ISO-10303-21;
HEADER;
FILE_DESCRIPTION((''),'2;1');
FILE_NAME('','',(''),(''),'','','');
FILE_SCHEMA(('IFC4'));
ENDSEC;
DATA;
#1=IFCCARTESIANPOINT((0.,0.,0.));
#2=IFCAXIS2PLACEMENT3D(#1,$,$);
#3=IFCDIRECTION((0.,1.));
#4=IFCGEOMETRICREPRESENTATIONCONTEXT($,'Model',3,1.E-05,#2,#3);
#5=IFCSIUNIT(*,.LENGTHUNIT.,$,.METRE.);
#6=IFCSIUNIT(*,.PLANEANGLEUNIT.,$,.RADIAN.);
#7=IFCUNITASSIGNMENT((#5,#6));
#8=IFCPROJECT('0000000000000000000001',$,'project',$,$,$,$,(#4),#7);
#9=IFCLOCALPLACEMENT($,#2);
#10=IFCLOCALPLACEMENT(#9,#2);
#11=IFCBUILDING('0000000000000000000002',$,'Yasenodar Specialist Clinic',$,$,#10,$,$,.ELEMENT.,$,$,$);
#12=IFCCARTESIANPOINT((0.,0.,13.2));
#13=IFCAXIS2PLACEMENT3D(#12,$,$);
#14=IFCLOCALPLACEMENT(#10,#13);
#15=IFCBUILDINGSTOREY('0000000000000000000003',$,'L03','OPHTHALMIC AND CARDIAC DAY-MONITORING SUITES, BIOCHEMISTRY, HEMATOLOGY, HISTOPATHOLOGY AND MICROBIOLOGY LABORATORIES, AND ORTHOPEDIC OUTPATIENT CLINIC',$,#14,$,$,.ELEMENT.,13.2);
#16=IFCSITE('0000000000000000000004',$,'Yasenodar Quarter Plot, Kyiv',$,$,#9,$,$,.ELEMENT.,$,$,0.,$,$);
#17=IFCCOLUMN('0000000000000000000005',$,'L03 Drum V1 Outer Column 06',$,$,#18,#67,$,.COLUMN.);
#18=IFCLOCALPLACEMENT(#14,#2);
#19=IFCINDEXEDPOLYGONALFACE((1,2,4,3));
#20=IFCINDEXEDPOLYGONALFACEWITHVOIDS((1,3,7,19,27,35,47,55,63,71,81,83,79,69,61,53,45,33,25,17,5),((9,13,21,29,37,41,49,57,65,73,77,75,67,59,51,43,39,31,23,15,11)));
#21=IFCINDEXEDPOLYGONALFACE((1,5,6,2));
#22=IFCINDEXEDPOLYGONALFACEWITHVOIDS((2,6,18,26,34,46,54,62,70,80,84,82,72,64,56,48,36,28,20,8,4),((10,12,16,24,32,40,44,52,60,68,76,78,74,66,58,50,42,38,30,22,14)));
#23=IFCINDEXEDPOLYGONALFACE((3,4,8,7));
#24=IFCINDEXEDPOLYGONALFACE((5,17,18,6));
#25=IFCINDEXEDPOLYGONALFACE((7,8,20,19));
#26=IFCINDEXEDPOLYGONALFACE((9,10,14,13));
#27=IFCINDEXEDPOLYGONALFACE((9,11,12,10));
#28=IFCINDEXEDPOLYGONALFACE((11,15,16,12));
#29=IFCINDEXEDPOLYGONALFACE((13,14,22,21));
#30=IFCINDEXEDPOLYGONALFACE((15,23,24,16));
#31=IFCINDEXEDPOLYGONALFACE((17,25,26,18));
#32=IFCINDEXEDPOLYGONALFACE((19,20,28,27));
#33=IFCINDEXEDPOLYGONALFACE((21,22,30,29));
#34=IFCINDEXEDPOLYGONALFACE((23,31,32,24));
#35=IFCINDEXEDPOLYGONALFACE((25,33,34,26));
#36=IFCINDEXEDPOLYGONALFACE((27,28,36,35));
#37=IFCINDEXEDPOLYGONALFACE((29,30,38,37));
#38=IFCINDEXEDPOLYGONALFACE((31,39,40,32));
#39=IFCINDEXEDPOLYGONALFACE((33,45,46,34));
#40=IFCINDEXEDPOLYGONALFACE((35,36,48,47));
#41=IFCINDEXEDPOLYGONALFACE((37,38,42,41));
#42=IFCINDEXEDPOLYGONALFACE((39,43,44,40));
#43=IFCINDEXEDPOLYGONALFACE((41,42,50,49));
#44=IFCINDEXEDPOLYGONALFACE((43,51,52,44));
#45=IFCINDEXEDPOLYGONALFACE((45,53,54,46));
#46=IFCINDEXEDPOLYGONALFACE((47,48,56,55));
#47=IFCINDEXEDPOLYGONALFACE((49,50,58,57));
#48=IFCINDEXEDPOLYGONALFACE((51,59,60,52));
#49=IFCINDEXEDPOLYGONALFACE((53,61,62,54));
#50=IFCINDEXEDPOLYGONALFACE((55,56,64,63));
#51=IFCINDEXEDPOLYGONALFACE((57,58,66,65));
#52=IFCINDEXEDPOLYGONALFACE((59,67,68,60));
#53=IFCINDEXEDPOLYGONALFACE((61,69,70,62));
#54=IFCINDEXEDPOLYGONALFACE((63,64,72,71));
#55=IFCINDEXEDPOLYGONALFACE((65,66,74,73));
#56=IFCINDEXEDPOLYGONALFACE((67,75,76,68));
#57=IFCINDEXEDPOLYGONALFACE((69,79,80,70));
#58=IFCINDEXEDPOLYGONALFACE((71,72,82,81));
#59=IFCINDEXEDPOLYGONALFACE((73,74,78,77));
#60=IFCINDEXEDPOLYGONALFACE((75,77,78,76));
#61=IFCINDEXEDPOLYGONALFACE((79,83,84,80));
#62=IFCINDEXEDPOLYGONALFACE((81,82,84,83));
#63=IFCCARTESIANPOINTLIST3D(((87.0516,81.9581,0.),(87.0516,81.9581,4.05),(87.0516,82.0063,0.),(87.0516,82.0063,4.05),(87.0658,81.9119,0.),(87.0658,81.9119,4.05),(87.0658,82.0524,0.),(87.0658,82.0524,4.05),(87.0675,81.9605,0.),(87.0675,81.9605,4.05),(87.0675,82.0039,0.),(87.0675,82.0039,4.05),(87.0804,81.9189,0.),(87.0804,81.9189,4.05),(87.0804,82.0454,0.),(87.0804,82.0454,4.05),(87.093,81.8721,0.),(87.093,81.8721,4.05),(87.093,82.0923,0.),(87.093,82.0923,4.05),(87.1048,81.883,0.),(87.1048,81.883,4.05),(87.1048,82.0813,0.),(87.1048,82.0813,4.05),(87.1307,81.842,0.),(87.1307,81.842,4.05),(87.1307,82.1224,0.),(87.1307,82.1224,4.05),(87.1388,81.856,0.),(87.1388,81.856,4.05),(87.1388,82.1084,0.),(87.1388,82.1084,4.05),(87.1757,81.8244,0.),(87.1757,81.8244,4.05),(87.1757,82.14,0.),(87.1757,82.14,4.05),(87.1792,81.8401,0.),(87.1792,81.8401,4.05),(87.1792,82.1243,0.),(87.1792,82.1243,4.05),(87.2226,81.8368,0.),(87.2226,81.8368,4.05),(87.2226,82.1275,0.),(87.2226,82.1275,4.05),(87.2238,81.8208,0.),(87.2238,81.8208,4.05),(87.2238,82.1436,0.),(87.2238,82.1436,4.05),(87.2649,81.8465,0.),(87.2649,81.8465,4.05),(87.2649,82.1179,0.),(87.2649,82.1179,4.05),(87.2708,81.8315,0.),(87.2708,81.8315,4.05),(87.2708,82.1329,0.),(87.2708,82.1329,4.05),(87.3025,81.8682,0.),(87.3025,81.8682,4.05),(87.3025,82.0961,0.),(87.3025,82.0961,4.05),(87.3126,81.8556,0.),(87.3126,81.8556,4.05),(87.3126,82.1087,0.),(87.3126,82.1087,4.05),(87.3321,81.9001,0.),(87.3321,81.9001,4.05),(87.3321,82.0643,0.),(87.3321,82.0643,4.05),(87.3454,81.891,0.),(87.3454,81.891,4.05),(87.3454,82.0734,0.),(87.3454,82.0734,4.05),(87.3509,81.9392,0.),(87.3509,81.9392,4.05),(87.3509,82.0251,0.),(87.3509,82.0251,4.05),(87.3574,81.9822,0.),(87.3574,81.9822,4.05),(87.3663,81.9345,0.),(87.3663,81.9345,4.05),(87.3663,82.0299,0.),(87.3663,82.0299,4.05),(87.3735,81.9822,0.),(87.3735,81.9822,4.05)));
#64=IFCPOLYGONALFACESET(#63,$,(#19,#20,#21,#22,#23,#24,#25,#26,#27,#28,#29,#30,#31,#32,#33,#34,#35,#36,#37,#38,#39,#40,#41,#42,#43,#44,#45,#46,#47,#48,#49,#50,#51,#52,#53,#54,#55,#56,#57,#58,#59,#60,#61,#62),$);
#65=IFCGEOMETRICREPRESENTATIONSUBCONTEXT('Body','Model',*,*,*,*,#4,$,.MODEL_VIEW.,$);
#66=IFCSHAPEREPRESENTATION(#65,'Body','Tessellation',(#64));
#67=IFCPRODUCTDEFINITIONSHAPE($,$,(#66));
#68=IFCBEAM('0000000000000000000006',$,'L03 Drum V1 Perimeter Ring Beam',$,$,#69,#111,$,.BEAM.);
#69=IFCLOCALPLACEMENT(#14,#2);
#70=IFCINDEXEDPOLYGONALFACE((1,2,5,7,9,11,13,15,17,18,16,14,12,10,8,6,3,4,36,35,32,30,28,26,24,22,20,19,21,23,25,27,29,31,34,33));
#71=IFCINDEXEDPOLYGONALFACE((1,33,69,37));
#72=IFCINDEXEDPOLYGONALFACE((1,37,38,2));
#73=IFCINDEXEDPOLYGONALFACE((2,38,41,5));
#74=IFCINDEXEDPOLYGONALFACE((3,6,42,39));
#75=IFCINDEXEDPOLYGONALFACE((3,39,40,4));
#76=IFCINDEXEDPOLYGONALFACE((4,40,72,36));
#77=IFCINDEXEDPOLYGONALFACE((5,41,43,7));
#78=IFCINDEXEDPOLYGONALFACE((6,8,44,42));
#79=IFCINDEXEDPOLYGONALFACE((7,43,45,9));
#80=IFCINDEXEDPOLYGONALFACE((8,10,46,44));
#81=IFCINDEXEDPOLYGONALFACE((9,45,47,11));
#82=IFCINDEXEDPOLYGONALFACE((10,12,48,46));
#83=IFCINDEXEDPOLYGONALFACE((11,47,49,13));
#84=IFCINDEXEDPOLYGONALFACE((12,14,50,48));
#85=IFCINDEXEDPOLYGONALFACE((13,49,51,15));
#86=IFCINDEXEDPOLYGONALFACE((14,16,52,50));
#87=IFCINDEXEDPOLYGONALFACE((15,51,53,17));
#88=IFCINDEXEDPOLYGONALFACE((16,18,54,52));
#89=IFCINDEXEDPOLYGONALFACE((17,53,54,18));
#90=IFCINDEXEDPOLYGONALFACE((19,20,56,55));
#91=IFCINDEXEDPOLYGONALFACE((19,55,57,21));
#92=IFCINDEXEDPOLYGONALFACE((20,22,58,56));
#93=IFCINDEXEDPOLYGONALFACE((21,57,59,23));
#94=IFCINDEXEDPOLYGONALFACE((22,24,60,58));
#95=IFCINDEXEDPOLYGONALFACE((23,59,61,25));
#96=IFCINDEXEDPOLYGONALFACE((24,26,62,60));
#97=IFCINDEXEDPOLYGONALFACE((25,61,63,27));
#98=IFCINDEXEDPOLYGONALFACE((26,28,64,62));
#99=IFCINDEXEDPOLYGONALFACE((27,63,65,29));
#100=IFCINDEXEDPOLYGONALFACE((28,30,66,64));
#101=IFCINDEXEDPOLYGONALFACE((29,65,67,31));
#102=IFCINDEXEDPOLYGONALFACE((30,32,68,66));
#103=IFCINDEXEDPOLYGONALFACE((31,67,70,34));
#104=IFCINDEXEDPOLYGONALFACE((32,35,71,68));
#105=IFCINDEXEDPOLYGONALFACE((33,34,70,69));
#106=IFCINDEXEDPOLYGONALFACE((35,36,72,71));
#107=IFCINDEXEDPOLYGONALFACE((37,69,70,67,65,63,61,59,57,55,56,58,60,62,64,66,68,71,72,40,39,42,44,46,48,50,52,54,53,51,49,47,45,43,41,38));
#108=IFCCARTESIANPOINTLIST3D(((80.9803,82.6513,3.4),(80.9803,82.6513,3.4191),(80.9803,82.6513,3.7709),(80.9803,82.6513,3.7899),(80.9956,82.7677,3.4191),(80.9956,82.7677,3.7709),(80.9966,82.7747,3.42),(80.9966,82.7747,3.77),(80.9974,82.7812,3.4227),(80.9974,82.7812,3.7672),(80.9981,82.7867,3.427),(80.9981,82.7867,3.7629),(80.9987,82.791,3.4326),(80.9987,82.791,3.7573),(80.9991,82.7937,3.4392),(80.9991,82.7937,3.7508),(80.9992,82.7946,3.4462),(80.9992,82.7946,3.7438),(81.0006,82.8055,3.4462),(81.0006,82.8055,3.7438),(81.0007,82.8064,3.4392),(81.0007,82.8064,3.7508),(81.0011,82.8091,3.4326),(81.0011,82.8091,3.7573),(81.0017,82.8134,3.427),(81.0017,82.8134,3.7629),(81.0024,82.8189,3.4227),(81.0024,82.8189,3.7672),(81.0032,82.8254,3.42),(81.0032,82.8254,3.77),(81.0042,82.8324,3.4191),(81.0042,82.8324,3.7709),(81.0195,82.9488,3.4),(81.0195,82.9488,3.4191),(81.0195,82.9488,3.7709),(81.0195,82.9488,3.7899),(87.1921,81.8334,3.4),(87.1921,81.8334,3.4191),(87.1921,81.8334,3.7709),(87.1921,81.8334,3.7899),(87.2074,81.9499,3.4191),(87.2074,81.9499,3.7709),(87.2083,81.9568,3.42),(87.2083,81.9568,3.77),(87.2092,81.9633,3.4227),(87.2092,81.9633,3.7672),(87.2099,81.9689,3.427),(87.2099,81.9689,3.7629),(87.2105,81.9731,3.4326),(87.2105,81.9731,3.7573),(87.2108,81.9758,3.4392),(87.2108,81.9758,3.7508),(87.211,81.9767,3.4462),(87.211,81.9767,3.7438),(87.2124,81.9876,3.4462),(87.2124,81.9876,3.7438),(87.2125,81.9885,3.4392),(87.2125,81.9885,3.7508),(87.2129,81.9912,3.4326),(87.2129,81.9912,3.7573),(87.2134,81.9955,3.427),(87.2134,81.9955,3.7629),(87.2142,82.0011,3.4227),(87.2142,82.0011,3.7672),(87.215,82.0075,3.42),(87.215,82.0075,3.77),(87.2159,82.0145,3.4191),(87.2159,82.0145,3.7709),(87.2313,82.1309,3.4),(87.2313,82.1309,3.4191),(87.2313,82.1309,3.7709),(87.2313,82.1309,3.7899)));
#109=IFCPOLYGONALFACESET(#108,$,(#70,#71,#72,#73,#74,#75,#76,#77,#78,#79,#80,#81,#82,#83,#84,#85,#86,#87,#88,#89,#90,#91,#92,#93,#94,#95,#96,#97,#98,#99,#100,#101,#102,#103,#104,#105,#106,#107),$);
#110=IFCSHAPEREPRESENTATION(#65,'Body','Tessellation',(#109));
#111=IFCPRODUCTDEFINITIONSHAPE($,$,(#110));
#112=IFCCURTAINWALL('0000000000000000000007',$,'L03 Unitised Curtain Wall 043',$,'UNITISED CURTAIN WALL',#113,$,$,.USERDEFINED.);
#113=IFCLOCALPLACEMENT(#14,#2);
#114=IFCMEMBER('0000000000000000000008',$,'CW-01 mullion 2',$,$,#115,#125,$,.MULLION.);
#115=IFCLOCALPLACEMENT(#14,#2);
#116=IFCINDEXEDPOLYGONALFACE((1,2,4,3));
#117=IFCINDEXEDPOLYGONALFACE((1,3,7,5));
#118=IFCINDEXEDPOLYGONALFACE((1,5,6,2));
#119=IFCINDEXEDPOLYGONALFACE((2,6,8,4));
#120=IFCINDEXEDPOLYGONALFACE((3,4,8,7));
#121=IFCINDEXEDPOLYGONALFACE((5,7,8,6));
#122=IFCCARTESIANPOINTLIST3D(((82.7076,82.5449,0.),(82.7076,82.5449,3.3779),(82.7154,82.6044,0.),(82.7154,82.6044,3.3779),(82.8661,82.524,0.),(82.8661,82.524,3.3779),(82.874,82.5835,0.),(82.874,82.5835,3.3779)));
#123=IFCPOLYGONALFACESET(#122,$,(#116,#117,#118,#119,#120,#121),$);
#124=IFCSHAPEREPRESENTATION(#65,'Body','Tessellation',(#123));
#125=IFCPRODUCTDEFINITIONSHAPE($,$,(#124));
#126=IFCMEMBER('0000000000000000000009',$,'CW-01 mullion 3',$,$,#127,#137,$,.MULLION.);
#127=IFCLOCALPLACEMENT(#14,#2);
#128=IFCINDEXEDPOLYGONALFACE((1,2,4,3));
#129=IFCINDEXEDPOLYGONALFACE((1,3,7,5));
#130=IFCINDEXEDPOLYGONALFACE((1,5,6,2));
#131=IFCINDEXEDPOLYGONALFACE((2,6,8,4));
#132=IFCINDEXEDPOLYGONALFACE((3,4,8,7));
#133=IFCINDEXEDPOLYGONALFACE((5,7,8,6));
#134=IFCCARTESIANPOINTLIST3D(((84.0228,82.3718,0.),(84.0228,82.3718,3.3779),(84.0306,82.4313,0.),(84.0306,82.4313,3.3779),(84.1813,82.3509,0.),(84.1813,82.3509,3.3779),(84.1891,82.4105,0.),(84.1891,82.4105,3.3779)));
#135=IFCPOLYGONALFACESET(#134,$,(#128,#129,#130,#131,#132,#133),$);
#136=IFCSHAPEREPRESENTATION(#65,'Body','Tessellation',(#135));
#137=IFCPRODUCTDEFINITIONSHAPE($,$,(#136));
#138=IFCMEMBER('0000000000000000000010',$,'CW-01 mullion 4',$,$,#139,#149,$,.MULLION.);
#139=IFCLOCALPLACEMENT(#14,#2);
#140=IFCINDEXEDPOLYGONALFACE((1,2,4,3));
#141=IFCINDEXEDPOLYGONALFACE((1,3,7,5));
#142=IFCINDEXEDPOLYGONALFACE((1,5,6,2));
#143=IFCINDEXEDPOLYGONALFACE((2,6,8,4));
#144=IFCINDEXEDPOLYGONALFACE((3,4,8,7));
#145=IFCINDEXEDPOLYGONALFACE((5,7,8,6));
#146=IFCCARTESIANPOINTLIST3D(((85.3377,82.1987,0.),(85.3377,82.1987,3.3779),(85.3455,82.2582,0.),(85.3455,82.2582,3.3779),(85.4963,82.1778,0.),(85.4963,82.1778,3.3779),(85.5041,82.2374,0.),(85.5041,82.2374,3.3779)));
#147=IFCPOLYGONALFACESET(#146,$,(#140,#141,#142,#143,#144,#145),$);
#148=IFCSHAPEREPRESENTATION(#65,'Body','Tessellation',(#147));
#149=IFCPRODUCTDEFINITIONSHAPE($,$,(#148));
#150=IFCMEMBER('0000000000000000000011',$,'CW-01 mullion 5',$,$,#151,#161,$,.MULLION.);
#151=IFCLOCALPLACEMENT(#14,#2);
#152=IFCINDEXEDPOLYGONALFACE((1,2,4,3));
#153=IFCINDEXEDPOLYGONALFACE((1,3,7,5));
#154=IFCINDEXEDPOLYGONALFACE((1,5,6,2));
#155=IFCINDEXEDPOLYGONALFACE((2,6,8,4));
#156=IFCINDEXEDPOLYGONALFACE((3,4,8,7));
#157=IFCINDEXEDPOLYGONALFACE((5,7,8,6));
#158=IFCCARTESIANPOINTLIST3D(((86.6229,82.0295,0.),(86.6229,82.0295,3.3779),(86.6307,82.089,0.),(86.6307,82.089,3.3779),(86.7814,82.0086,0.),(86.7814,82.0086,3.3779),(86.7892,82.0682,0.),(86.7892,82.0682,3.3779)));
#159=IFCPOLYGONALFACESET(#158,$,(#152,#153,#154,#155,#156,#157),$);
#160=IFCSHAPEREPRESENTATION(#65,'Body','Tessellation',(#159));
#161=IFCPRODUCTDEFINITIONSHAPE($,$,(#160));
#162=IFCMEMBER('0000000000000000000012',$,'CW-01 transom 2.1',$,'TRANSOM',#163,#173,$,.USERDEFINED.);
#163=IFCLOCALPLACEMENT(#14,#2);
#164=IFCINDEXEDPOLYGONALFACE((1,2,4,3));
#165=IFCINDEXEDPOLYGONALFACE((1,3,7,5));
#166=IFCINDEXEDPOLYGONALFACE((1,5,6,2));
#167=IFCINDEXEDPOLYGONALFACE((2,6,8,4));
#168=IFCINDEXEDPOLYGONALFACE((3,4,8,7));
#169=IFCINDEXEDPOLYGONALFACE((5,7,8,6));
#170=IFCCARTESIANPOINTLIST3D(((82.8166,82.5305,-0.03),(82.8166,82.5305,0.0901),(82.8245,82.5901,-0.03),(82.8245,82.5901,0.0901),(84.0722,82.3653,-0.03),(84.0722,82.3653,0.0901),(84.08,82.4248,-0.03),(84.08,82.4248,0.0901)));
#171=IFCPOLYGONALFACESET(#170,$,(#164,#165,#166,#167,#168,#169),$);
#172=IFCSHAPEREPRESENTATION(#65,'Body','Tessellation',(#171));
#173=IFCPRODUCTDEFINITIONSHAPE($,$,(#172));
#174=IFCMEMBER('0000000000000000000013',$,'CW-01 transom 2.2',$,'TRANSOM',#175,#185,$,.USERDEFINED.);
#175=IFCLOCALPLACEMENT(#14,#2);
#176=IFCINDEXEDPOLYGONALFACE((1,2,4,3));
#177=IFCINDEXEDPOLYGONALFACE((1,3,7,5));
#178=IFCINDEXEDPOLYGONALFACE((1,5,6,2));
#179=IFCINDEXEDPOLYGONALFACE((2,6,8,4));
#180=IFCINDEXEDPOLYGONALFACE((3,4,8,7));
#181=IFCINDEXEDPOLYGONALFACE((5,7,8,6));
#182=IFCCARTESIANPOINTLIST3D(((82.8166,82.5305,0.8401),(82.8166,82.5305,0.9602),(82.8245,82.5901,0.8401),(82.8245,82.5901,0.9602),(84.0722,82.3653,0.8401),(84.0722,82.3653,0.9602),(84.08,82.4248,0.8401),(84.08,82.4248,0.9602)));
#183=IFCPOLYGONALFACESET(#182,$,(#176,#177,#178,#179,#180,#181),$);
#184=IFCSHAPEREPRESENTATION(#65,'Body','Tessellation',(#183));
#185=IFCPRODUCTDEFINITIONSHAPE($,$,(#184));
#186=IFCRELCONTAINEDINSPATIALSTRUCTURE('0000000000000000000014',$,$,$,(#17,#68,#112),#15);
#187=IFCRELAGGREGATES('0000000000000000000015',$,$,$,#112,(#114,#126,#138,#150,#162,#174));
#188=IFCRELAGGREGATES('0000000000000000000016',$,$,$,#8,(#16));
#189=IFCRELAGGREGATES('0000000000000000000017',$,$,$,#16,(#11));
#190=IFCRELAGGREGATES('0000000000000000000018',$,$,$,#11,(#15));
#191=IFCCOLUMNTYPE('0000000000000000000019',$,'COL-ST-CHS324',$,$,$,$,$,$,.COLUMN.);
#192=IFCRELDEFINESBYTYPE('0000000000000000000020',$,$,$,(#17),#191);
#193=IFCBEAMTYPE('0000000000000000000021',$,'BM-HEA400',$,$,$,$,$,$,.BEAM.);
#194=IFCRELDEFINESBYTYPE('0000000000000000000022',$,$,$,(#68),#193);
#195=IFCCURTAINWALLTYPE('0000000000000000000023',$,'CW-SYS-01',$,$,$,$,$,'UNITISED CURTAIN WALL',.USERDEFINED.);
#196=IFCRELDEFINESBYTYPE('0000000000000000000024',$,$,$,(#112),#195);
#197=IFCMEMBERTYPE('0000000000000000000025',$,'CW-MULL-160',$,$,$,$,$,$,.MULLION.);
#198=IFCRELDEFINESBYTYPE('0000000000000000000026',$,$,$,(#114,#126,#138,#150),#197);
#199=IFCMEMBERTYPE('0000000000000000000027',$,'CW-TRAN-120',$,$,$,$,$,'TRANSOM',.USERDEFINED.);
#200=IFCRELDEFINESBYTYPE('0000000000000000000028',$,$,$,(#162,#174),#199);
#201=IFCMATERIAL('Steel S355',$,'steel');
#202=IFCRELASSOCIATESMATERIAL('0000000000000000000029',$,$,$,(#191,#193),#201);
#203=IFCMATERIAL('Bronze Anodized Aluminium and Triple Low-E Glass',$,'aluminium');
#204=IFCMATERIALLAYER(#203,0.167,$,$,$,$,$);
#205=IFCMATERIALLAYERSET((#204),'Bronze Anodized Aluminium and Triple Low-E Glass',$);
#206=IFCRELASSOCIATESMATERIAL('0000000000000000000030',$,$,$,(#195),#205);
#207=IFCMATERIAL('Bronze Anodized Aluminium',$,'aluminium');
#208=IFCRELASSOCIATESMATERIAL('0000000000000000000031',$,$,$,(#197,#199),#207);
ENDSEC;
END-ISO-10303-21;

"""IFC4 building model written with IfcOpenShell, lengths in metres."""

from ifc_helpers import new_model, si_unit, direction, frame, origin, origin_2d, place, context, subcontext, project, spatial, rectangle, hollow_circle, i_section, extrude, material, layer, layer_set, material_profile, profile_set, type_object, element, aggregate, save


model = new_model("IFC4")

# Units and contexts
model_context = context("Model", 3, precision=1e-05, world=origin(), true_north=direction((0.0, 1.0)))
body_context = subcontext(model_context, "Body", "Model", "MODEL_VIEW")
ifc_project = project(units=[si_unit("LENGTHUNIT", "METRE"), si_unit("PLANEANGLEUNIT", "RADIAN")], contexts=[model_context])

# Site, building, storey
site_placement = place(None, origin())
site = spatial("IfcSite", under=ifc_project, at=site_placement, Name="Yasenodar Quarter Plot, Kyiv", CompositionType="ELEMENT", RefElevation=0.0)
building_placement = place(site_placement, origin())
building = spatial("IfcBuilding", under=site, at=building_placement, Name="Yasenodar Specialist Clinic", CompositionType="ELEMENT")
storey_placement = place(building_placement, frame((0.0, 0.0, 13.2)))
storey = spatial("IfcBuildingStorey", under=building, at=storey_placement, Name="L03", Description="OPHTHALMIC AND CARDIAC DAY-MONITORING SUITES, BIOCHEMISTRY, HEMATOLOGY, HISTOPATHOLOGY AND MICROBIOLOGY LABORATORIES, AND ORTHOPEDIC OUTPATIENT CLINIC", CompositionType="ELEMENT", Elevation=13.2)

# Column
ifc_material_1 = material(Name="Steel S355", Category="steel")
ifc_material_profile_1 = material_profile(ifc_material_1, hollow_circle(Radius=0.1619, WallThickness=0.0161, at=origin_2d()), Name="CHS 323.9x16")
ifc_profile_set_1 = profile_set([ifc_material_profile_1], Name="Steel S355")
column_type = type_object("IfcColumnType", Name="COL-ST-CHS324", PredefinedType="COLUMN", material=ifc_profile_set_1)
column_placement = place(storey_placement, frame((87.2117, 81.9822, 0.0), z_axis=(0.0, 0.0, 1.0), x_axis=(1.0, 0.0, 0.0)))
element("IfcColumn", 1, at=column_placement, inside=storey, type_object=column_type, Name="L03 Drum V1 Outer Column 06", PredefinedType="COLUMN", context=body_context, shape_type="SweptSolid", body=[
    extrude(hollow_circle(Radius=0.1619, WallThickness=0.0161, at=origin_2d()), origin(), (0.0, 0.0, 1.0), 4.05),
])

# Beam
ifc_material_profile_2 = material_profile(ifc_material_1, i_section(OverallWidth=0.3, OverallDepth=0.3899, WebThickness=0.011, FlangeThickness=0.019, FilletRadius=0.0271, at=origin_2d()), Name="HEA 400")
ifc_profile_set_2 = profile_set([ifc_material_profile_2], Name="Steel S355")
beam_type = type_object("IfcBeamType", Name="BM-HEA400", PredefinedType="BEAM", material=ifc_profile_set_2)
beam_placement = place(storey_placement, frame((87.2117, 81.9822, 3.595), z_axis=(-0.991443, 0.13054, 0.0), x_axis=(-0.13054, -0.991443, 0.0)))
element("IfcBeam", 2, at=beam_placement, inside=storey, type_object=beam_type, Name="L03 Drum V1 Perimeter Ring Beam", PredefinedType="BEAM", context=body_context, shape_type="SweptSolid", body=[
    extrude(i_section(OverallWidth=0.3, OverallDepth=0.3899, WebThickness=0.011, FlangeThickness=0.019, FilletRadius=0.0271, at=origin_2d()), origin(), (0.0, 0.0, 1.0), 6.2654),
])

# Curtain wall, members
ifc_material_2 = material(Name="Bronze Anodized Aluminium and Triple Low-E Glass", Category="aluminium")
ifc_layer_1 = layer(ifc_material_2, 0.167)
ifc_layer_set_1 = layer_set([ifc_layer_1], Name="Bronze Anodized Aluminium and Triple Low-E Glass")
curtain_wall_type = type_object("IfcCurtainWallType", Name="CW-SYS-01", ElementType="UNITISED CURTAIN WALL", PredefinedType="USERDEFINED", material=ifc_layer_set_1)
curtain_wall_placement = place(storey_placement, origin())
curtain_wall = element("IfcCurtainWall", 3, at=curtain_wall_placement, inside=storey, type_object=curtain_wall_type, Name="L03 Unitised Curtain Wall 043", ObjectType="UNITISED CURTAIN WALL", PredefinedType="USERDEFINED")
ifc_material_3 = material(Name="Bronze Anodized Aluminium", Category="aluminium")
ifc_material_profile_3 = material_profile(ifc_material_3, rectangle(XDim=0.0601, YDim=0.1599, at=origin_2d()), Name="CW-MULL 60x160")
ifc_profile_set_3 = profile_set([ifc_material_profile_3], Name="Bronze Anodized Aluminium")
member_type_1 = type_object("IfcMemberType", Name="CW-MULL-160", PredefinedType="MULLION", material=ifc_profile_set_3)
member_1_placement = place(storey_placement, frame((82.7908, 82.5642, 0.0), z_axis=(0.0, 0.0, 1.0), x_axis=(0.130512, 0.991447, 0.0)))
member_1 = element("IfcMember", 4, at=member_1_placement, type_object=member_type_1, Name="CW-01 mullion 2", PredefinedType="MULLION", context=body_context, shape_type="SweptSolid", body=[
    extrude(rectangle(XDim=0.0601, YDim=0.1599, at=origin_2d()), origin(), (0.0, 0.0, 1.0), 3.3779),
])
member_2_placement = place(storey_placement, frame((84.106, 82.3911, 0.0), z_axis=(0.0, 0.0, 1.0), x_axis=(0.130512, 0.991447, 0.0)))
member_2 = element("IfcMember", 5, at=member_2_placement, type_object=member_type_1, Name="CW-01 mullion 3", PredefinedType="MULLION", context=body_context, shape_type="SweptSolid", body=[
    extrude(rectangle(XDim=0.0601, YDim=0.1599, at=origin_2d()), origin(), (0.0, 0.0, 1.0), 3.3779),
])
member_3_placement = place(storey_placement, frame((85.4209, 82.218, 0.0), z_axis=(0.0, 0.0, 1.0), x_axis=(0.130512, 0.991447, 0.0)))
member_3 = element("IfcMember", 6, at=member_3_placement, type_object=member_type_1, Name="CW-01 mullion 4", PredefinedType="MULLION", context=body_context, shape_type="SweptSolid", body=[
    extrude(rectangle(XDim=0.0601, YDim=0.1599, at=origin_2d()), origin(), (0.0, 0.0, 1.0), 3.3779),
])
member_4_placement = place(storey_placement, frame((86.7061, 82.0488, 0.0), z_axis=(0.0, 0.0, 1.0), x_axis=(0.130512, 0.991447, 0.0)))
member_4 = element("IfcMember", 7, at=member_4_placement, type_object=member_type_1, Name="CW-01 mullion 5", PredefinedType="MULLION", context=body_context, shape_type="SweptSolid", body=[
    extrude(rectangle(XDim=0.0601, YDim=0.1599, at=origin_2d()), origin(), (0.0, 0.0, 1.0), 3.3779),
])
ifc_material_profile_4 = material_profile(ifc_material_3, rectangle(XDim=0.0601, YDim=0.1201, at=origin_2d()), Name="CW-TRAN 60x120")
ifc_profile_set_4 = profile_set([ifc_material_profile_4], Name="Bronze Anodized Aluminium")
member_type_2 = type_object("IfcMemberType", Name="CW-TRAN-120", ElementType="TRANSOM", PredefinedType="USERDEFINED", material=ifc_profile_set_4)
member_5_placement = place(storey_placement, frame((82.8206, 82.5603, 0.03), z_axis=(0.991447, -0.130509, 0.0), x_axis=(0.130509, 0.991447, 0.0)))
member_5 = element("IfcMember", 8, at=member_5_placement, type_object=member_type_2, Name="CW-01 transom 2.1", ObjectType="TRANSOM", PredefinedType="USERDEFINED", context=body_context, shape_type="SweptSolid", body=[
    extrude(rectangle(XDim=0.0601, YDim=0.1201, at=origin_2d()), origin(), (0.0, 0.0, 1.0), 1.2664),
])
member_6_placement = place(storey_placement, frame((82.8206, 82.5603, 0.9001), z_axis=(0.991447, -0.130509, 0.0), x_axis=(0.130509, 0.991447, 0.0)))
member_6 = element("IfcMember", 9, at=member_6_placement, type_object=member_type_2, Name="CW-01 transom 2.2", ObjectType="TRANSOM", PredefinedType="USERDEFINED", context=body_context, shape_type="SweptSolid", body=[
    extrude(rectangle(XDim=0.0601, YDim=0.1201, at=origin_2d()), origin(), (0.0, 0.0, 1.0), 1.2664),
])
aggregate(curtain_wall, [member_1, member_2, member_3, member_4, member_5, member_6])

save(model, "model.ifc")
